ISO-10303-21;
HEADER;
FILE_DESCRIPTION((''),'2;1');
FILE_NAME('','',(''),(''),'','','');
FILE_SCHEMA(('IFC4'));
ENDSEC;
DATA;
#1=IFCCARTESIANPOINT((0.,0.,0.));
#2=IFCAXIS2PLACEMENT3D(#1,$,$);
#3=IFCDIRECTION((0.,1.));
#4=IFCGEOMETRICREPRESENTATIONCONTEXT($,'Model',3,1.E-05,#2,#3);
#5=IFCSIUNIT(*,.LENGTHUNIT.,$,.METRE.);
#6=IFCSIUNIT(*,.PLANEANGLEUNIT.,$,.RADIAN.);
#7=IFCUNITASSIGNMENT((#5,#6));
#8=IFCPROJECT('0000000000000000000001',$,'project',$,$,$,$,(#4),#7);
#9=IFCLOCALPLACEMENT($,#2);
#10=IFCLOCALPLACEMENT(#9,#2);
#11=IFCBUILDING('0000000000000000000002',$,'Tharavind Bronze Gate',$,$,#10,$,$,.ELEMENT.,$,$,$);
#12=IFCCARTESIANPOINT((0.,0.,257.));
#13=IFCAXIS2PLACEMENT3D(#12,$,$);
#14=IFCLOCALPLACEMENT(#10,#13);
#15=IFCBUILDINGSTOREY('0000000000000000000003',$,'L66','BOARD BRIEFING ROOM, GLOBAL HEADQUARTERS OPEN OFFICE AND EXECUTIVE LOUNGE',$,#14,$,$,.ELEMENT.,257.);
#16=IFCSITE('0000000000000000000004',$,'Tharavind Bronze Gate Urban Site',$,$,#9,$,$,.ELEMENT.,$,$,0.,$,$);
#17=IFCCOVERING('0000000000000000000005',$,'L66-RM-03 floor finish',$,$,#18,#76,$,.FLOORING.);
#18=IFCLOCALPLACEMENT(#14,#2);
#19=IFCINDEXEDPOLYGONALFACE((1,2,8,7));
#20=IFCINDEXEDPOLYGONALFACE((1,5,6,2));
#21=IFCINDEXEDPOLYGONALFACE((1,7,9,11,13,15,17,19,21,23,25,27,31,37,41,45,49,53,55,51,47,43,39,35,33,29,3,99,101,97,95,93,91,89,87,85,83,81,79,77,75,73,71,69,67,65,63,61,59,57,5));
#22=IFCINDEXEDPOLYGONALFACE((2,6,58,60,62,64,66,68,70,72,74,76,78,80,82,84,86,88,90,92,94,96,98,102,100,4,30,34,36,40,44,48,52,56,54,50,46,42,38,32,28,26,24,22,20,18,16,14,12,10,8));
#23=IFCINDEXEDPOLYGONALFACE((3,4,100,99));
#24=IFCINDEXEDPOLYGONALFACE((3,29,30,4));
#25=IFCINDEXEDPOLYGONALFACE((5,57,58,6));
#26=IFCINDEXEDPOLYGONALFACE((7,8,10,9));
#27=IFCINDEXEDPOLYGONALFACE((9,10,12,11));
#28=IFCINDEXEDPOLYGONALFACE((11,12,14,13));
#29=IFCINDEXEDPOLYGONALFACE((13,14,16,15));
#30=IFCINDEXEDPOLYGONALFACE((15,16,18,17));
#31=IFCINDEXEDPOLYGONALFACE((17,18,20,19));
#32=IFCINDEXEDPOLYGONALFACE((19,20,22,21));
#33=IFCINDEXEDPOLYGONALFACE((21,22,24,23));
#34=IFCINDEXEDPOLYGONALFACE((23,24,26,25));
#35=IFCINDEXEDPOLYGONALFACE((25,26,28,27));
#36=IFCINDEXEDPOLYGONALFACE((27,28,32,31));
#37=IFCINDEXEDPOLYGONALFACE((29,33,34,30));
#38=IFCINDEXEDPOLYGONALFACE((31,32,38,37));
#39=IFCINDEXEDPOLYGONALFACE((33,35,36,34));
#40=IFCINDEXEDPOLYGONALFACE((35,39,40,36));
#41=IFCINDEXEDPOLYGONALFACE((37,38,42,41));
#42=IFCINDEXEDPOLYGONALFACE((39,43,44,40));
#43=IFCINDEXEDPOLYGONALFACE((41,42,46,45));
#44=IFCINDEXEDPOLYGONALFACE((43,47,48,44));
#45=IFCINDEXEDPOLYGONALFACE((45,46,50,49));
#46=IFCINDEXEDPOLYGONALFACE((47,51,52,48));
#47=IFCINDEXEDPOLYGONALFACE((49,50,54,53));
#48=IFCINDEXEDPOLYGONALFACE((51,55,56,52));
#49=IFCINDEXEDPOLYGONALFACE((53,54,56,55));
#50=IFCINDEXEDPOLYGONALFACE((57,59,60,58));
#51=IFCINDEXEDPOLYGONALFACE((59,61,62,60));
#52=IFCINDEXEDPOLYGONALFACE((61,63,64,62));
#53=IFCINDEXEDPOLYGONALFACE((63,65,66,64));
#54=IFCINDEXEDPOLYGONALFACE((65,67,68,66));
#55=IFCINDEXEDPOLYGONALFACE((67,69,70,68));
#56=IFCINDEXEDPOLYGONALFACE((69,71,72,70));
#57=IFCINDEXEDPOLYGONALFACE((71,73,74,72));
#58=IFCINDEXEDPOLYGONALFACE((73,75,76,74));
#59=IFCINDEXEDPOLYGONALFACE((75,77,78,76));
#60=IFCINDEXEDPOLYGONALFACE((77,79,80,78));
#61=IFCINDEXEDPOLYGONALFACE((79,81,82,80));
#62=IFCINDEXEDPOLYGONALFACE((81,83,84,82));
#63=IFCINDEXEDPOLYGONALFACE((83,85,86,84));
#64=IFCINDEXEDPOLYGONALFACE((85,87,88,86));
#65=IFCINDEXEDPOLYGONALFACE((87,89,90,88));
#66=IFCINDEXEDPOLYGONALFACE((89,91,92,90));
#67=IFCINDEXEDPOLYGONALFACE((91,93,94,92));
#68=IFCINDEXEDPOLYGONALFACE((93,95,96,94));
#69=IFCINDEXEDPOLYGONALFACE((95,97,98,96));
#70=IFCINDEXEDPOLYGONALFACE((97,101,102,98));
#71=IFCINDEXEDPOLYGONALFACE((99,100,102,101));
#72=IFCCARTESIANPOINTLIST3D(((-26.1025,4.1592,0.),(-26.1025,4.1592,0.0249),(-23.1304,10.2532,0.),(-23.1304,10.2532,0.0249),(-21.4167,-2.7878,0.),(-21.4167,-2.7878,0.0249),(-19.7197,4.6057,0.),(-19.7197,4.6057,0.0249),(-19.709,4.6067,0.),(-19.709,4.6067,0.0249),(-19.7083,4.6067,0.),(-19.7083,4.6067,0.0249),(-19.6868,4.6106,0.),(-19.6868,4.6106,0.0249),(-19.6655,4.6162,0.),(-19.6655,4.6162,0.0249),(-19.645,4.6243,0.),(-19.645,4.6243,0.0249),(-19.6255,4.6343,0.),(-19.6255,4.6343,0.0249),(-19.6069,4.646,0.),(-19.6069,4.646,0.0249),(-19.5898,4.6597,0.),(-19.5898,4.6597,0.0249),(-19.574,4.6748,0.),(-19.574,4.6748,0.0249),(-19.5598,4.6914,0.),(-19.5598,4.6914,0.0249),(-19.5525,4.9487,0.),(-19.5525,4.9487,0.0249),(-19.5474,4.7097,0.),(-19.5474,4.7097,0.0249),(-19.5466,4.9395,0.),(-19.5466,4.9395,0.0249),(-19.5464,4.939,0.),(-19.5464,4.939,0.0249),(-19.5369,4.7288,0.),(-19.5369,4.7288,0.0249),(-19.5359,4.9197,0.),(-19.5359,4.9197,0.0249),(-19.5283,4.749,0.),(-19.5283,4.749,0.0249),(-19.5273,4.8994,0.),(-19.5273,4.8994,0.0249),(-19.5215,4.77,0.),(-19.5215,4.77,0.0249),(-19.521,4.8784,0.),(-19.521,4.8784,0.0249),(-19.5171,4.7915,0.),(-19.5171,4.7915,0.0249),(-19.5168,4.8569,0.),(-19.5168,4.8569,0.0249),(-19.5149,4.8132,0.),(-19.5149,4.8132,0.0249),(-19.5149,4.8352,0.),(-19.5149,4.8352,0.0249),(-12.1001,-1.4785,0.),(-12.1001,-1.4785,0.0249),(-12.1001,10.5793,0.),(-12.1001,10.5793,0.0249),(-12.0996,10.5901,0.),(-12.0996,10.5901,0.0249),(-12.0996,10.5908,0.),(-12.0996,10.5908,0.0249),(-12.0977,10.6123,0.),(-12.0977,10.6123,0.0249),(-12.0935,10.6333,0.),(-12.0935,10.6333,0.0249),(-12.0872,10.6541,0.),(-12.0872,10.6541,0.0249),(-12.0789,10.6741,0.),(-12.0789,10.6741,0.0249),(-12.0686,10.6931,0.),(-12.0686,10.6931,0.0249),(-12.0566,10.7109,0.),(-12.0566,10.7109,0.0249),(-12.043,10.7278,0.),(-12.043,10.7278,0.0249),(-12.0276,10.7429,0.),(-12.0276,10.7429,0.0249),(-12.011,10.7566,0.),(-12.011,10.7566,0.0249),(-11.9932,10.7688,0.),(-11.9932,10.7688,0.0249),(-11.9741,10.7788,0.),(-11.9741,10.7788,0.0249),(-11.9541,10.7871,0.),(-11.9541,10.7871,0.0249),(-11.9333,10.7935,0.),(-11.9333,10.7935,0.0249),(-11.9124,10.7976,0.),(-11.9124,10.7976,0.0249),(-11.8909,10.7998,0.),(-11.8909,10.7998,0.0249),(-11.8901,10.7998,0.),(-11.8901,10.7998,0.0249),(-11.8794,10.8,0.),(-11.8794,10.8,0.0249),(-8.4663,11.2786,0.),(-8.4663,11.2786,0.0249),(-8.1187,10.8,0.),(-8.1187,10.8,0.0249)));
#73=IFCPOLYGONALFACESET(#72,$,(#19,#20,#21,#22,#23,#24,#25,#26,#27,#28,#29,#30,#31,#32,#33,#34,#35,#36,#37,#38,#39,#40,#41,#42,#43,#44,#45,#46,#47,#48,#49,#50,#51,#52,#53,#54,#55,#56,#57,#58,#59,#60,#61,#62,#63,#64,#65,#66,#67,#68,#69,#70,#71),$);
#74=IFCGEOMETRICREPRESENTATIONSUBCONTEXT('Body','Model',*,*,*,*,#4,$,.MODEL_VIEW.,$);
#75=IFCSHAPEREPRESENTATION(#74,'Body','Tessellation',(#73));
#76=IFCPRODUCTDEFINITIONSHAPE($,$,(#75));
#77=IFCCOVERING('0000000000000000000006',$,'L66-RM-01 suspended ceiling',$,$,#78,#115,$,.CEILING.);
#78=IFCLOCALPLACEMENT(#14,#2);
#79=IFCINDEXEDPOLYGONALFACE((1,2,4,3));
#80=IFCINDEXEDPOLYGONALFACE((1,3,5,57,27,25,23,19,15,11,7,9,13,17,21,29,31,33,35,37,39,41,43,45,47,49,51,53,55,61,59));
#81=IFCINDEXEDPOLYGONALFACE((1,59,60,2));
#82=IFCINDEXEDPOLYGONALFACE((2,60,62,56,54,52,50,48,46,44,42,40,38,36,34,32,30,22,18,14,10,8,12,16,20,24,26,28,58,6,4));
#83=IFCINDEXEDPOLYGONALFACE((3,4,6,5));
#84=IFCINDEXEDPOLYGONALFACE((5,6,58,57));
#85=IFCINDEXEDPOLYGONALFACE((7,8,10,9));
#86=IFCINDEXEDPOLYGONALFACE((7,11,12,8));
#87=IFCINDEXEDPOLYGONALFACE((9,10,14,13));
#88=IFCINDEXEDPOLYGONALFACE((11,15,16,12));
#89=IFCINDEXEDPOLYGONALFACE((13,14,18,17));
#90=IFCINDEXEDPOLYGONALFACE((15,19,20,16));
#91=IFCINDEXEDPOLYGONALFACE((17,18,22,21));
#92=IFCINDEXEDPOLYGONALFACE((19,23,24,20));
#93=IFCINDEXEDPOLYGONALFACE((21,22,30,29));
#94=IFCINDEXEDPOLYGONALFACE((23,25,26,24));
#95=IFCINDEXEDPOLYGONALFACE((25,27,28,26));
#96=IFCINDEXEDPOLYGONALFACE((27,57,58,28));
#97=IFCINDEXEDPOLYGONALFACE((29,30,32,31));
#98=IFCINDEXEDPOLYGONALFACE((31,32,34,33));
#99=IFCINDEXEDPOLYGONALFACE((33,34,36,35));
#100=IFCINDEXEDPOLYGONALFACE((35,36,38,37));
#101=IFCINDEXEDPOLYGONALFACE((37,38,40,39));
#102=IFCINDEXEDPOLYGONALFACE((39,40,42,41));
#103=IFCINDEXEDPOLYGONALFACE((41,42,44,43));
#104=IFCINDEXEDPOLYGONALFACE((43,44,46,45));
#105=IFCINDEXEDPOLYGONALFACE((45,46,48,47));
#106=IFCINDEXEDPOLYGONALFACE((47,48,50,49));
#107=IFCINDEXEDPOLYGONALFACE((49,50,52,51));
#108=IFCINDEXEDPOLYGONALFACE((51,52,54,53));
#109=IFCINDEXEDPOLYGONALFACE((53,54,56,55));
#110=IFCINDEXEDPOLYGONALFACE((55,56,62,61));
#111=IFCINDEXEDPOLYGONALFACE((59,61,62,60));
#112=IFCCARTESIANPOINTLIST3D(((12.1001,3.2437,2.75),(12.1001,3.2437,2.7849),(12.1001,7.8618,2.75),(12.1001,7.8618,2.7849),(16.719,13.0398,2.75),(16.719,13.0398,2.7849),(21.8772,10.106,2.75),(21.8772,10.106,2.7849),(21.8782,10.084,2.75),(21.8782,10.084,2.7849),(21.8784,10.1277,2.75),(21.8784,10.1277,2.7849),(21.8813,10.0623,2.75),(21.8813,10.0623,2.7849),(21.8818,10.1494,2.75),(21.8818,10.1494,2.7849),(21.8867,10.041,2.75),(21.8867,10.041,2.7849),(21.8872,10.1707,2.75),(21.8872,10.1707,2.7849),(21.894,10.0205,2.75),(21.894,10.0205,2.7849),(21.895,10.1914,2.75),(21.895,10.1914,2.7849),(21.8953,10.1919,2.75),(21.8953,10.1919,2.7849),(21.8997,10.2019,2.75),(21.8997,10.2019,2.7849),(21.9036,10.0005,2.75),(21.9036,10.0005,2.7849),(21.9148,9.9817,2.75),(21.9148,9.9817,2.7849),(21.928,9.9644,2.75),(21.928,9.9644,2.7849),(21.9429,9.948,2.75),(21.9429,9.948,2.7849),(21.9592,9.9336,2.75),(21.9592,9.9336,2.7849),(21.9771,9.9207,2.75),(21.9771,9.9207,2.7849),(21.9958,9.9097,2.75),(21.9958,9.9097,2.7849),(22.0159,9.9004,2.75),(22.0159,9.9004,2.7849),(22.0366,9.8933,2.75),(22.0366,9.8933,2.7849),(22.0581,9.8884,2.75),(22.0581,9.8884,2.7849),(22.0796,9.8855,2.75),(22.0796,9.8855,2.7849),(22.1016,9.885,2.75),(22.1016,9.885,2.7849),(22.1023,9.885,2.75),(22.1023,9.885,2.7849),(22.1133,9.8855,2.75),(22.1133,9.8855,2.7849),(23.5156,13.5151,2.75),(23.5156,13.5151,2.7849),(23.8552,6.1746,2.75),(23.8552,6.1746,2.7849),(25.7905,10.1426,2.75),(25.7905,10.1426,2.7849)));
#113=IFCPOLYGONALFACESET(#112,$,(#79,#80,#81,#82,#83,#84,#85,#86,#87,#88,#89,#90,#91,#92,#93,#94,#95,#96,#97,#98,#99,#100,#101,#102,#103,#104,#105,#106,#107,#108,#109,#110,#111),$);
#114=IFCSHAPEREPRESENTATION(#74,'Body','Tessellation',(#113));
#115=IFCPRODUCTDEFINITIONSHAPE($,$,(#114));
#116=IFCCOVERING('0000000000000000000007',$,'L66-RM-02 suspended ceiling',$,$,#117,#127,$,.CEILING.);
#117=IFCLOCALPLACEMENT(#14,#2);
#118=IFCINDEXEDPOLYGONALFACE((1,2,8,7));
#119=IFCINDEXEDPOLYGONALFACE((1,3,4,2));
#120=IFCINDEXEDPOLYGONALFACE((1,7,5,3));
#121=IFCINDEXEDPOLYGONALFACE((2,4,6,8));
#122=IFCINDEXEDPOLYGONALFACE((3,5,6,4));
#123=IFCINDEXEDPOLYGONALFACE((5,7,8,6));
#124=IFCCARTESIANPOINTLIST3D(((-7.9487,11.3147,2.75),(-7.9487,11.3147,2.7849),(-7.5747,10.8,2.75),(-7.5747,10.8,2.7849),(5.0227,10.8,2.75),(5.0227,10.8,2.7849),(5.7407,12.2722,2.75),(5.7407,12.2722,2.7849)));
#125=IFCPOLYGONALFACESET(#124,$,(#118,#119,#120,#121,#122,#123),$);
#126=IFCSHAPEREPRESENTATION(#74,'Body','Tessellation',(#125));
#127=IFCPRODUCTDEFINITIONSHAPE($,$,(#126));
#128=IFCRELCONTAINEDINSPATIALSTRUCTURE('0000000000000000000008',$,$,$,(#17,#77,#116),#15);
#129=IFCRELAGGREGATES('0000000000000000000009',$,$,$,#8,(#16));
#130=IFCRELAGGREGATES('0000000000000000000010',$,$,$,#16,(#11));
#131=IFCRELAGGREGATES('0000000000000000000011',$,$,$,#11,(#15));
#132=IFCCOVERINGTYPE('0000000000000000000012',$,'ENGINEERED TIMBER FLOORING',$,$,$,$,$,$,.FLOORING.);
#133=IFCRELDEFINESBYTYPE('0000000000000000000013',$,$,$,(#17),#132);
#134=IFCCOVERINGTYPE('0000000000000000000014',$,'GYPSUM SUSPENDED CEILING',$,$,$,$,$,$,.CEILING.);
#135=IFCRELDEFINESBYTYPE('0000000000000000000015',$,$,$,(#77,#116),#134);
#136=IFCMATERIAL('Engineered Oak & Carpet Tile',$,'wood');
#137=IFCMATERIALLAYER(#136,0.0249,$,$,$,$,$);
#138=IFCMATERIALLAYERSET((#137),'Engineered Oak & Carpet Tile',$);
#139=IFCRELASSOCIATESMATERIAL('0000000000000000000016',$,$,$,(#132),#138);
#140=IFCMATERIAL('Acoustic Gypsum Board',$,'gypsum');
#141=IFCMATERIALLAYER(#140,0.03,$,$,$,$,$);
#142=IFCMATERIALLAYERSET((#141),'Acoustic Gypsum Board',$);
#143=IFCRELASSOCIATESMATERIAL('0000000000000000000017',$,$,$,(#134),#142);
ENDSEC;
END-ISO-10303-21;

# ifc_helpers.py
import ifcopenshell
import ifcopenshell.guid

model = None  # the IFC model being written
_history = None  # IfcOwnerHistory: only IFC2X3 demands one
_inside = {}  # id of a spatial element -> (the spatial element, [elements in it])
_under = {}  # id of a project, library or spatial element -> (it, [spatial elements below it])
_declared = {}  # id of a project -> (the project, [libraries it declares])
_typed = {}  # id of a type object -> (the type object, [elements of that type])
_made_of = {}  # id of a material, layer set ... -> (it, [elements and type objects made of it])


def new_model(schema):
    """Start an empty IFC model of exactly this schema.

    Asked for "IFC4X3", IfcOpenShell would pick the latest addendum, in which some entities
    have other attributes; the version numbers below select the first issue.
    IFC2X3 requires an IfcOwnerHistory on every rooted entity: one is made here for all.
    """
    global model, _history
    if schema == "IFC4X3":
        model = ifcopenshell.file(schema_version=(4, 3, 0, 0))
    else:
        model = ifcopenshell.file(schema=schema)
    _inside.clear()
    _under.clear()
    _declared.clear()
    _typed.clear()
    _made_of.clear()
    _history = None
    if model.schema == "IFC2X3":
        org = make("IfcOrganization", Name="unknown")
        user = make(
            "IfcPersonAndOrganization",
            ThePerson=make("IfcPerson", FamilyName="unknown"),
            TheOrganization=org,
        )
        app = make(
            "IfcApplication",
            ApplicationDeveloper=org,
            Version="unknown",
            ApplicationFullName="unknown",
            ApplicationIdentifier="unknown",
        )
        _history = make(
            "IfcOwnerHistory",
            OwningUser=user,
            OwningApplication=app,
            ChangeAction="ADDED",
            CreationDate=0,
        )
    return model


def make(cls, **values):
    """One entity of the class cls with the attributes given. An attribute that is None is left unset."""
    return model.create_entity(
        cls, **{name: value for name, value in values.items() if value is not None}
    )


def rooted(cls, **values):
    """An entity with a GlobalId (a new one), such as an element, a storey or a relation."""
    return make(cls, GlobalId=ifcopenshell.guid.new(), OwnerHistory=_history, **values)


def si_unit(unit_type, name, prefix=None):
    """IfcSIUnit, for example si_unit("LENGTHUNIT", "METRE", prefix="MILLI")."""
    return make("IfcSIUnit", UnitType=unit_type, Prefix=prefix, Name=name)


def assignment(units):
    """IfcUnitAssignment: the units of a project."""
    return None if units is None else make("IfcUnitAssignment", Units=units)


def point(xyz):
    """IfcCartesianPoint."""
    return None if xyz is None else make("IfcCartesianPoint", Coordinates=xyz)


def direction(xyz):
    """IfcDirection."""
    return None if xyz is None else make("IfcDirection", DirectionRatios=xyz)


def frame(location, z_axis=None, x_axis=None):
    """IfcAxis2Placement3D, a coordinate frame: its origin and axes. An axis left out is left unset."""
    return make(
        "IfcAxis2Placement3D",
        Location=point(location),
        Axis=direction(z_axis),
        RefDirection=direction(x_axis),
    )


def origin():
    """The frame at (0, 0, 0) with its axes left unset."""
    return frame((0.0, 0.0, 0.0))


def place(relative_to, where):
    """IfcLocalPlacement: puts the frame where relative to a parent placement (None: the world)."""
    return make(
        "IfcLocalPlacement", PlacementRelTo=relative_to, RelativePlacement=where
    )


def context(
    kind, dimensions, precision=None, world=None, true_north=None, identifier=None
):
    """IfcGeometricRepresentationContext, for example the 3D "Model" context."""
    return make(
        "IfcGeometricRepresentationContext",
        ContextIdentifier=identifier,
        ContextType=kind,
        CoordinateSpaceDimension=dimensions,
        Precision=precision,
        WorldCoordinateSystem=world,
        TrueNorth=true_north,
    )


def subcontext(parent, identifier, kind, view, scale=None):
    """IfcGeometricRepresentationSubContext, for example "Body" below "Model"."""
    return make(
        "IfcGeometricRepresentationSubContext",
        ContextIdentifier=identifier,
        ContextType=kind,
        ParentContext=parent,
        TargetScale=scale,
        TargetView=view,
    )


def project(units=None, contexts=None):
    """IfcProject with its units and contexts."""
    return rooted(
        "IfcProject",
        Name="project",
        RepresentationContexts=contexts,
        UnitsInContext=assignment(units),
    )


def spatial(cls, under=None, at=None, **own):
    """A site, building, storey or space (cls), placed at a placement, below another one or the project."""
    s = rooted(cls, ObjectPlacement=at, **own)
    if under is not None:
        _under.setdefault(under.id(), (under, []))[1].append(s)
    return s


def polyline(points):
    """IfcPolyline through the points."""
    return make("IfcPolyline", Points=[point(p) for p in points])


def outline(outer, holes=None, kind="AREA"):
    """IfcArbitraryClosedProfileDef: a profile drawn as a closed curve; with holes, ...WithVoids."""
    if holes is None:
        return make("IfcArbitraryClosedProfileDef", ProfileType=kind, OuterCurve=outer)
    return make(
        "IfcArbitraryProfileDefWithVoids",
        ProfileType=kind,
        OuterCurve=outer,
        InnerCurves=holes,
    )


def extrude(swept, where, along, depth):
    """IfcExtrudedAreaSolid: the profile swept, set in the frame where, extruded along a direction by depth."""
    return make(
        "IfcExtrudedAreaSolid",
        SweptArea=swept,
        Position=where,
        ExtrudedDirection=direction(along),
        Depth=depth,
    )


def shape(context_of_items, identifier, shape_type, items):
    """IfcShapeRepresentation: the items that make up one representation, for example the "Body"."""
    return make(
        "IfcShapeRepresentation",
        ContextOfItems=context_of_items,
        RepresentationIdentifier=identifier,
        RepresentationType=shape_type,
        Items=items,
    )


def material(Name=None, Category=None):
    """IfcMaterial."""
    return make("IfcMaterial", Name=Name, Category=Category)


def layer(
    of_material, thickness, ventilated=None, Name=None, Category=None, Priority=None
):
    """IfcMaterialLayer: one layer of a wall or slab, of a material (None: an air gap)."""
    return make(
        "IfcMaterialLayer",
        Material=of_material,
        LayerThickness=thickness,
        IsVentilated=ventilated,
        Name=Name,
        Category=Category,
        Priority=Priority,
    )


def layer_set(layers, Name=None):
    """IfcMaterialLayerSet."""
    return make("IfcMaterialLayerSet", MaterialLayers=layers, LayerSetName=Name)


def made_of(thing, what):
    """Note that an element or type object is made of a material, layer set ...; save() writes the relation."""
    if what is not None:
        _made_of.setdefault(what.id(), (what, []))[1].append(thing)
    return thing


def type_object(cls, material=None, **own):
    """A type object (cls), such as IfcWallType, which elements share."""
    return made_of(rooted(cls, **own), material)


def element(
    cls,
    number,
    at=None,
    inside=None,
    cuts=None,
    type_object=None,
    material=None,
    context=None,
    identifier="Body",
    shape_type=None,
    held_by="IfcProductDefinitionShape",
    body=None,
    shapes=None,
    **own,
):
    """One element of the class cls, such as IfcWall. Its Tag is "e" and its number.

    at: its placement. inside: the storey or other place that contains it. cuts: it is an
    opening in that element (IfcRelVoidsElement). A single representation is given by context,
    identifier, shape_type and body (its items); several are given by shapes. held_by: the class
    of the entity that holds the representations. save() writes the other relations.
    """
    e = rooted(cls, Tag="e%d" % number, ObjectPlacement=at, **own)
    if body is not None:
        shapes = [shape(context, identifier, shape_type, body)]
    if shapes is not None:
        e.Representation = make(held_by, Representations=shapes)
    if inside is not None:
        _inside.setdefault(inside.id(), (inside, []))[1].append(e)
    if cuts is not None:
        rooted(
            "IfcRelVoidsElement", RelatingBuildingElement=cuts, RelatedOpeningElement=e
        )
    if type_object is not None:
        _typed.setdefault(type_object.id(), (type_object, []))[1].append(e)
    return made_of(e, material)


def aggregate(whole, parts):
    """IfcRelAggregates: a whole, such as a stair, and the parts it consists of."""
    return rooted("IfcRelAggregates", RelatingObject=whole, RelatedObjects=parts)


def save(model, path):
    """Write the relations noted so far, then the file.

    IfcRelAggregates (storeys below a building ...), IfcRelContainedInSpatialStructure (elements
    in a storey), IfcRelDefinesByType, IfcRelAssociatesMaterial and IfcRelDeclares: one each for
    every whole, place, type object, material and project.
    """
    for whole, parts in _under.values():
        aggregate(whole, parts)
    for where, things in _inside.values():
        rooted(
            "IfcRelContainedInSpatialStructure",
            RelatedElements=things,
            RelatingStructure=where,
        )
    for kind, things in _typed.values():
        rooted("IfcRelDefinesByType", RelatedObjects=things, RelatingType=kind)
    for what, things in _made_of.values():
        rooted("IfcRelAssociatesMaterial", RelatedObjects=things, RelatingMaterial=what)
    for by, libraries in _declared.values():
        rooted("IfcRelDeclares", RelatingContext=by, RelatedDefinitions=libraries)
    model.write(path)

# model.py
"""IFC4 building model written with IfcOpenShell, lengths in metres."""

from ifc_helpers import new_model, si_unit, direction, frame, origin, place, context, subcontext, project, spatial, polyline, outline, extrude, material, layer, layer_set, type_object, element, save


model = new_model("IFC4")

# Units and contexts
model_context = context("Model", 3, precision=1e-05, world=origin(), true_north=direction((0.0, 1.0)))
body_context = subcontext(model_context, "Body", "Model", "MODEL_VIEW")
ifc_project = project(units=[si_unit("LENGTHUNIT", "METRE"), si_unit("PLANEANGLEUNIT", "RADIAN")], contexts=[model_context])

# Site, building, storey
site_placement = place(None, origin())
site = spatial("IfcSite", under=ifc_project, at=site_placement, Name="Tharavind Bronze Gate Urban Site", CompositionType="ELEMENT", RefElevation=0.0)
building_placement = place(site_placement, origin())
building = spatial("IfcBuilding", under=site, at=building_placement, Name="Tharavind Bronze Gate", CompositionType="ELEMENT")
storey_placement = place(building_placement, frame((0.0, 0.0, 257.0)))
storey = spatial("IfcBuildingStorey", under=building, at=storey_placement, Name="L66", Description="BOARD BRIEFING ROOM, GLOBAL HEADQUARTERS OPEN OFFICE AND EXECUTIVE LOUNGE", CompositionType="ELEMENT", Elevation=257.0)

# Coverings
ifc_material_1 = material(Name="Engineered Oak & Carpet Tile", Category="wood")
ifc_layer_1 = layer(ifc_material_1, 0.0249)
ifc_layer_set_1 = layer_set([ifc_layer_1], Name="Engineered Oak & Carpet Tile")
covering_type_1 = type_object("IfcCoveringType", Name="ENGINEERED TIMBER FLOORING", PredefinedType="FLOORING", material=ifc_layer_set_1)
covering_1_placement = place(storey_placement, origin())
element("IfcCovering", 1, at=covering_1_placement, inside=storey, type_object=covering_type_1, Name="L66-RM-03 floor finish", PredefinedType="FLOORING", context=body_context, shape_type="SweptSolid", body=[
    extrude(outline(polyline([(-21.4167, -2.7878), (-12.1001, -1.4785), (-12.1001, 10.5793), (-12.0996, 10.5901), (-12.0996, 10.5908), (-12.0977, 10.6123), (-12.0935, 10.6333), (-12.0872, 10.6541), (-12.0789, 10.6741), (-12.0686, 10.6931), (-12.0566, 10.7109), (-12.043, 10.7278), (-12.0276, 10.7429), (-12.011, 10.7566), (-11.9932, 10.7688), (-11.9741, 10.7788), (-11.9541, 10.7871), (-11.9333, 10.7935), (-11.9124, 10.7976), (-11.8909, 10.7998), (-11.8901, 10.7998), (-11.8794, 10.8), (-8.1187, 10.8), (-8.4663, 11.2786), (-23.1304, 10.2532), (-19.5525, 4.9487), (-19.5466, 4.9395), (-19.5464, 4.939), (-19.5359, 4.9197), (-19.5273, 4.8994), (-19.521, 4.8784), (-19.5168, 4.8569), (-19.5149, 4.8352), (-19.5149, 4.8132), (-19.5171, 4.7915), (-19.5215, 4.77), (-19.5283, 4.749), (-19.5369, 4.7288), (-19.5474, 4.7097), (-19.5598, 4.6914), (-19.574, 4.6748), (-19.5898, 4.6597), (-19.6069, 4.646), (-19.6255, 4.6343), (-19.645, 4.6243), (-19.6655, 4.6162), (-19.6868, 4.6106), (-19.7083, 4.6067), (-19.709, 4.6067), (-19.7197, 4.6057), (-26.1025, 4.1592), (-21.4167, -2.7878)])), origin(), (0.0, 0.0, 1.0), 0.0249),
])
ifc_material_2 = material(Name="Acoustic Gypsum Board", Category="gypsum")
ifc_layer_2 = layer(ifc_material_2, 0.03)
ifc_layer_set_2 = layer_set([ifc_layer_2], Name="Acoustic Gypsum Board")
covering_type_2 = type_object("IfcCoveringType", Name="GYPSUM SUSPENDED CEILING", PredefinedType="CEILING", material=ifc_layer_set_2)
covering_2_placement = place(storey_placement, frame((0.0, 0.0, 2.75)))
element("IfcCovering", 2, at=covering_2_placement, inside=storey, type_object=covering_type_2, Name="L66-RM-01 suspended ceiling", PredefinedType="CEILING", context=body_context, shape_type="SweptSolid", body=[
    extrude(outline(polyline([(23.8552, 6.1746), (25.7905, 10.1426), (22.1133, 9.8855), (22.1023, 9.885), (22.1016, 9.885), (22.0796, 9.8855), (22.0581, 9.8884), (22.0366, 9.8933), (22.0159, 9.9004), (21.9958, 9.9097), (21.9771, 9.9207), (21.9592, 9.9336), (21.9429, 9.948), (21.928, 9.9644), (21.9148, 9.9817), (21.9036, 10.0005), (21.894, 10.0205), (21.8867, 10.041), (21.8813, 10.0623), (21.8782, 10.084), (21.8772, 10.106), (21.8784, 10.1277), (21.8818, 10.1494), (21.8872, 10.1707), (21.895, 10.1914), (21.8953, 10.1919), (21.8997, 10.2019), (23.5156, 13.5151), (16.719, 13.0398), (12.1001, 7.8618), (12.1001, 3.2437), (23.8552, 6.1746)])), origin(), (0.0, 0.0, 1.0), 0.0349),
])
covering_3_placement = place(storey_placement, frame((0.0, 0.0, 2.75)))
element("IfcCovering", 3, at=covering_3_placement, inside=storey, type_object=covering_type_2, Name="L66-RM-02 suspended ceiling", PredefinedType="CEILING", context=body_context, shape_type="SweptSolid", body=[
    extrude(outline(polyline([(-7.5747, 10.8), (5.0227, 10.8), (5.7407, 12.2722), (-7.9487, 11.3147), (-7.5747, 10.8)])), origin(), (0.0, 0.0, 1.0), 0.0349),
])

save(model, "model.ifc")
